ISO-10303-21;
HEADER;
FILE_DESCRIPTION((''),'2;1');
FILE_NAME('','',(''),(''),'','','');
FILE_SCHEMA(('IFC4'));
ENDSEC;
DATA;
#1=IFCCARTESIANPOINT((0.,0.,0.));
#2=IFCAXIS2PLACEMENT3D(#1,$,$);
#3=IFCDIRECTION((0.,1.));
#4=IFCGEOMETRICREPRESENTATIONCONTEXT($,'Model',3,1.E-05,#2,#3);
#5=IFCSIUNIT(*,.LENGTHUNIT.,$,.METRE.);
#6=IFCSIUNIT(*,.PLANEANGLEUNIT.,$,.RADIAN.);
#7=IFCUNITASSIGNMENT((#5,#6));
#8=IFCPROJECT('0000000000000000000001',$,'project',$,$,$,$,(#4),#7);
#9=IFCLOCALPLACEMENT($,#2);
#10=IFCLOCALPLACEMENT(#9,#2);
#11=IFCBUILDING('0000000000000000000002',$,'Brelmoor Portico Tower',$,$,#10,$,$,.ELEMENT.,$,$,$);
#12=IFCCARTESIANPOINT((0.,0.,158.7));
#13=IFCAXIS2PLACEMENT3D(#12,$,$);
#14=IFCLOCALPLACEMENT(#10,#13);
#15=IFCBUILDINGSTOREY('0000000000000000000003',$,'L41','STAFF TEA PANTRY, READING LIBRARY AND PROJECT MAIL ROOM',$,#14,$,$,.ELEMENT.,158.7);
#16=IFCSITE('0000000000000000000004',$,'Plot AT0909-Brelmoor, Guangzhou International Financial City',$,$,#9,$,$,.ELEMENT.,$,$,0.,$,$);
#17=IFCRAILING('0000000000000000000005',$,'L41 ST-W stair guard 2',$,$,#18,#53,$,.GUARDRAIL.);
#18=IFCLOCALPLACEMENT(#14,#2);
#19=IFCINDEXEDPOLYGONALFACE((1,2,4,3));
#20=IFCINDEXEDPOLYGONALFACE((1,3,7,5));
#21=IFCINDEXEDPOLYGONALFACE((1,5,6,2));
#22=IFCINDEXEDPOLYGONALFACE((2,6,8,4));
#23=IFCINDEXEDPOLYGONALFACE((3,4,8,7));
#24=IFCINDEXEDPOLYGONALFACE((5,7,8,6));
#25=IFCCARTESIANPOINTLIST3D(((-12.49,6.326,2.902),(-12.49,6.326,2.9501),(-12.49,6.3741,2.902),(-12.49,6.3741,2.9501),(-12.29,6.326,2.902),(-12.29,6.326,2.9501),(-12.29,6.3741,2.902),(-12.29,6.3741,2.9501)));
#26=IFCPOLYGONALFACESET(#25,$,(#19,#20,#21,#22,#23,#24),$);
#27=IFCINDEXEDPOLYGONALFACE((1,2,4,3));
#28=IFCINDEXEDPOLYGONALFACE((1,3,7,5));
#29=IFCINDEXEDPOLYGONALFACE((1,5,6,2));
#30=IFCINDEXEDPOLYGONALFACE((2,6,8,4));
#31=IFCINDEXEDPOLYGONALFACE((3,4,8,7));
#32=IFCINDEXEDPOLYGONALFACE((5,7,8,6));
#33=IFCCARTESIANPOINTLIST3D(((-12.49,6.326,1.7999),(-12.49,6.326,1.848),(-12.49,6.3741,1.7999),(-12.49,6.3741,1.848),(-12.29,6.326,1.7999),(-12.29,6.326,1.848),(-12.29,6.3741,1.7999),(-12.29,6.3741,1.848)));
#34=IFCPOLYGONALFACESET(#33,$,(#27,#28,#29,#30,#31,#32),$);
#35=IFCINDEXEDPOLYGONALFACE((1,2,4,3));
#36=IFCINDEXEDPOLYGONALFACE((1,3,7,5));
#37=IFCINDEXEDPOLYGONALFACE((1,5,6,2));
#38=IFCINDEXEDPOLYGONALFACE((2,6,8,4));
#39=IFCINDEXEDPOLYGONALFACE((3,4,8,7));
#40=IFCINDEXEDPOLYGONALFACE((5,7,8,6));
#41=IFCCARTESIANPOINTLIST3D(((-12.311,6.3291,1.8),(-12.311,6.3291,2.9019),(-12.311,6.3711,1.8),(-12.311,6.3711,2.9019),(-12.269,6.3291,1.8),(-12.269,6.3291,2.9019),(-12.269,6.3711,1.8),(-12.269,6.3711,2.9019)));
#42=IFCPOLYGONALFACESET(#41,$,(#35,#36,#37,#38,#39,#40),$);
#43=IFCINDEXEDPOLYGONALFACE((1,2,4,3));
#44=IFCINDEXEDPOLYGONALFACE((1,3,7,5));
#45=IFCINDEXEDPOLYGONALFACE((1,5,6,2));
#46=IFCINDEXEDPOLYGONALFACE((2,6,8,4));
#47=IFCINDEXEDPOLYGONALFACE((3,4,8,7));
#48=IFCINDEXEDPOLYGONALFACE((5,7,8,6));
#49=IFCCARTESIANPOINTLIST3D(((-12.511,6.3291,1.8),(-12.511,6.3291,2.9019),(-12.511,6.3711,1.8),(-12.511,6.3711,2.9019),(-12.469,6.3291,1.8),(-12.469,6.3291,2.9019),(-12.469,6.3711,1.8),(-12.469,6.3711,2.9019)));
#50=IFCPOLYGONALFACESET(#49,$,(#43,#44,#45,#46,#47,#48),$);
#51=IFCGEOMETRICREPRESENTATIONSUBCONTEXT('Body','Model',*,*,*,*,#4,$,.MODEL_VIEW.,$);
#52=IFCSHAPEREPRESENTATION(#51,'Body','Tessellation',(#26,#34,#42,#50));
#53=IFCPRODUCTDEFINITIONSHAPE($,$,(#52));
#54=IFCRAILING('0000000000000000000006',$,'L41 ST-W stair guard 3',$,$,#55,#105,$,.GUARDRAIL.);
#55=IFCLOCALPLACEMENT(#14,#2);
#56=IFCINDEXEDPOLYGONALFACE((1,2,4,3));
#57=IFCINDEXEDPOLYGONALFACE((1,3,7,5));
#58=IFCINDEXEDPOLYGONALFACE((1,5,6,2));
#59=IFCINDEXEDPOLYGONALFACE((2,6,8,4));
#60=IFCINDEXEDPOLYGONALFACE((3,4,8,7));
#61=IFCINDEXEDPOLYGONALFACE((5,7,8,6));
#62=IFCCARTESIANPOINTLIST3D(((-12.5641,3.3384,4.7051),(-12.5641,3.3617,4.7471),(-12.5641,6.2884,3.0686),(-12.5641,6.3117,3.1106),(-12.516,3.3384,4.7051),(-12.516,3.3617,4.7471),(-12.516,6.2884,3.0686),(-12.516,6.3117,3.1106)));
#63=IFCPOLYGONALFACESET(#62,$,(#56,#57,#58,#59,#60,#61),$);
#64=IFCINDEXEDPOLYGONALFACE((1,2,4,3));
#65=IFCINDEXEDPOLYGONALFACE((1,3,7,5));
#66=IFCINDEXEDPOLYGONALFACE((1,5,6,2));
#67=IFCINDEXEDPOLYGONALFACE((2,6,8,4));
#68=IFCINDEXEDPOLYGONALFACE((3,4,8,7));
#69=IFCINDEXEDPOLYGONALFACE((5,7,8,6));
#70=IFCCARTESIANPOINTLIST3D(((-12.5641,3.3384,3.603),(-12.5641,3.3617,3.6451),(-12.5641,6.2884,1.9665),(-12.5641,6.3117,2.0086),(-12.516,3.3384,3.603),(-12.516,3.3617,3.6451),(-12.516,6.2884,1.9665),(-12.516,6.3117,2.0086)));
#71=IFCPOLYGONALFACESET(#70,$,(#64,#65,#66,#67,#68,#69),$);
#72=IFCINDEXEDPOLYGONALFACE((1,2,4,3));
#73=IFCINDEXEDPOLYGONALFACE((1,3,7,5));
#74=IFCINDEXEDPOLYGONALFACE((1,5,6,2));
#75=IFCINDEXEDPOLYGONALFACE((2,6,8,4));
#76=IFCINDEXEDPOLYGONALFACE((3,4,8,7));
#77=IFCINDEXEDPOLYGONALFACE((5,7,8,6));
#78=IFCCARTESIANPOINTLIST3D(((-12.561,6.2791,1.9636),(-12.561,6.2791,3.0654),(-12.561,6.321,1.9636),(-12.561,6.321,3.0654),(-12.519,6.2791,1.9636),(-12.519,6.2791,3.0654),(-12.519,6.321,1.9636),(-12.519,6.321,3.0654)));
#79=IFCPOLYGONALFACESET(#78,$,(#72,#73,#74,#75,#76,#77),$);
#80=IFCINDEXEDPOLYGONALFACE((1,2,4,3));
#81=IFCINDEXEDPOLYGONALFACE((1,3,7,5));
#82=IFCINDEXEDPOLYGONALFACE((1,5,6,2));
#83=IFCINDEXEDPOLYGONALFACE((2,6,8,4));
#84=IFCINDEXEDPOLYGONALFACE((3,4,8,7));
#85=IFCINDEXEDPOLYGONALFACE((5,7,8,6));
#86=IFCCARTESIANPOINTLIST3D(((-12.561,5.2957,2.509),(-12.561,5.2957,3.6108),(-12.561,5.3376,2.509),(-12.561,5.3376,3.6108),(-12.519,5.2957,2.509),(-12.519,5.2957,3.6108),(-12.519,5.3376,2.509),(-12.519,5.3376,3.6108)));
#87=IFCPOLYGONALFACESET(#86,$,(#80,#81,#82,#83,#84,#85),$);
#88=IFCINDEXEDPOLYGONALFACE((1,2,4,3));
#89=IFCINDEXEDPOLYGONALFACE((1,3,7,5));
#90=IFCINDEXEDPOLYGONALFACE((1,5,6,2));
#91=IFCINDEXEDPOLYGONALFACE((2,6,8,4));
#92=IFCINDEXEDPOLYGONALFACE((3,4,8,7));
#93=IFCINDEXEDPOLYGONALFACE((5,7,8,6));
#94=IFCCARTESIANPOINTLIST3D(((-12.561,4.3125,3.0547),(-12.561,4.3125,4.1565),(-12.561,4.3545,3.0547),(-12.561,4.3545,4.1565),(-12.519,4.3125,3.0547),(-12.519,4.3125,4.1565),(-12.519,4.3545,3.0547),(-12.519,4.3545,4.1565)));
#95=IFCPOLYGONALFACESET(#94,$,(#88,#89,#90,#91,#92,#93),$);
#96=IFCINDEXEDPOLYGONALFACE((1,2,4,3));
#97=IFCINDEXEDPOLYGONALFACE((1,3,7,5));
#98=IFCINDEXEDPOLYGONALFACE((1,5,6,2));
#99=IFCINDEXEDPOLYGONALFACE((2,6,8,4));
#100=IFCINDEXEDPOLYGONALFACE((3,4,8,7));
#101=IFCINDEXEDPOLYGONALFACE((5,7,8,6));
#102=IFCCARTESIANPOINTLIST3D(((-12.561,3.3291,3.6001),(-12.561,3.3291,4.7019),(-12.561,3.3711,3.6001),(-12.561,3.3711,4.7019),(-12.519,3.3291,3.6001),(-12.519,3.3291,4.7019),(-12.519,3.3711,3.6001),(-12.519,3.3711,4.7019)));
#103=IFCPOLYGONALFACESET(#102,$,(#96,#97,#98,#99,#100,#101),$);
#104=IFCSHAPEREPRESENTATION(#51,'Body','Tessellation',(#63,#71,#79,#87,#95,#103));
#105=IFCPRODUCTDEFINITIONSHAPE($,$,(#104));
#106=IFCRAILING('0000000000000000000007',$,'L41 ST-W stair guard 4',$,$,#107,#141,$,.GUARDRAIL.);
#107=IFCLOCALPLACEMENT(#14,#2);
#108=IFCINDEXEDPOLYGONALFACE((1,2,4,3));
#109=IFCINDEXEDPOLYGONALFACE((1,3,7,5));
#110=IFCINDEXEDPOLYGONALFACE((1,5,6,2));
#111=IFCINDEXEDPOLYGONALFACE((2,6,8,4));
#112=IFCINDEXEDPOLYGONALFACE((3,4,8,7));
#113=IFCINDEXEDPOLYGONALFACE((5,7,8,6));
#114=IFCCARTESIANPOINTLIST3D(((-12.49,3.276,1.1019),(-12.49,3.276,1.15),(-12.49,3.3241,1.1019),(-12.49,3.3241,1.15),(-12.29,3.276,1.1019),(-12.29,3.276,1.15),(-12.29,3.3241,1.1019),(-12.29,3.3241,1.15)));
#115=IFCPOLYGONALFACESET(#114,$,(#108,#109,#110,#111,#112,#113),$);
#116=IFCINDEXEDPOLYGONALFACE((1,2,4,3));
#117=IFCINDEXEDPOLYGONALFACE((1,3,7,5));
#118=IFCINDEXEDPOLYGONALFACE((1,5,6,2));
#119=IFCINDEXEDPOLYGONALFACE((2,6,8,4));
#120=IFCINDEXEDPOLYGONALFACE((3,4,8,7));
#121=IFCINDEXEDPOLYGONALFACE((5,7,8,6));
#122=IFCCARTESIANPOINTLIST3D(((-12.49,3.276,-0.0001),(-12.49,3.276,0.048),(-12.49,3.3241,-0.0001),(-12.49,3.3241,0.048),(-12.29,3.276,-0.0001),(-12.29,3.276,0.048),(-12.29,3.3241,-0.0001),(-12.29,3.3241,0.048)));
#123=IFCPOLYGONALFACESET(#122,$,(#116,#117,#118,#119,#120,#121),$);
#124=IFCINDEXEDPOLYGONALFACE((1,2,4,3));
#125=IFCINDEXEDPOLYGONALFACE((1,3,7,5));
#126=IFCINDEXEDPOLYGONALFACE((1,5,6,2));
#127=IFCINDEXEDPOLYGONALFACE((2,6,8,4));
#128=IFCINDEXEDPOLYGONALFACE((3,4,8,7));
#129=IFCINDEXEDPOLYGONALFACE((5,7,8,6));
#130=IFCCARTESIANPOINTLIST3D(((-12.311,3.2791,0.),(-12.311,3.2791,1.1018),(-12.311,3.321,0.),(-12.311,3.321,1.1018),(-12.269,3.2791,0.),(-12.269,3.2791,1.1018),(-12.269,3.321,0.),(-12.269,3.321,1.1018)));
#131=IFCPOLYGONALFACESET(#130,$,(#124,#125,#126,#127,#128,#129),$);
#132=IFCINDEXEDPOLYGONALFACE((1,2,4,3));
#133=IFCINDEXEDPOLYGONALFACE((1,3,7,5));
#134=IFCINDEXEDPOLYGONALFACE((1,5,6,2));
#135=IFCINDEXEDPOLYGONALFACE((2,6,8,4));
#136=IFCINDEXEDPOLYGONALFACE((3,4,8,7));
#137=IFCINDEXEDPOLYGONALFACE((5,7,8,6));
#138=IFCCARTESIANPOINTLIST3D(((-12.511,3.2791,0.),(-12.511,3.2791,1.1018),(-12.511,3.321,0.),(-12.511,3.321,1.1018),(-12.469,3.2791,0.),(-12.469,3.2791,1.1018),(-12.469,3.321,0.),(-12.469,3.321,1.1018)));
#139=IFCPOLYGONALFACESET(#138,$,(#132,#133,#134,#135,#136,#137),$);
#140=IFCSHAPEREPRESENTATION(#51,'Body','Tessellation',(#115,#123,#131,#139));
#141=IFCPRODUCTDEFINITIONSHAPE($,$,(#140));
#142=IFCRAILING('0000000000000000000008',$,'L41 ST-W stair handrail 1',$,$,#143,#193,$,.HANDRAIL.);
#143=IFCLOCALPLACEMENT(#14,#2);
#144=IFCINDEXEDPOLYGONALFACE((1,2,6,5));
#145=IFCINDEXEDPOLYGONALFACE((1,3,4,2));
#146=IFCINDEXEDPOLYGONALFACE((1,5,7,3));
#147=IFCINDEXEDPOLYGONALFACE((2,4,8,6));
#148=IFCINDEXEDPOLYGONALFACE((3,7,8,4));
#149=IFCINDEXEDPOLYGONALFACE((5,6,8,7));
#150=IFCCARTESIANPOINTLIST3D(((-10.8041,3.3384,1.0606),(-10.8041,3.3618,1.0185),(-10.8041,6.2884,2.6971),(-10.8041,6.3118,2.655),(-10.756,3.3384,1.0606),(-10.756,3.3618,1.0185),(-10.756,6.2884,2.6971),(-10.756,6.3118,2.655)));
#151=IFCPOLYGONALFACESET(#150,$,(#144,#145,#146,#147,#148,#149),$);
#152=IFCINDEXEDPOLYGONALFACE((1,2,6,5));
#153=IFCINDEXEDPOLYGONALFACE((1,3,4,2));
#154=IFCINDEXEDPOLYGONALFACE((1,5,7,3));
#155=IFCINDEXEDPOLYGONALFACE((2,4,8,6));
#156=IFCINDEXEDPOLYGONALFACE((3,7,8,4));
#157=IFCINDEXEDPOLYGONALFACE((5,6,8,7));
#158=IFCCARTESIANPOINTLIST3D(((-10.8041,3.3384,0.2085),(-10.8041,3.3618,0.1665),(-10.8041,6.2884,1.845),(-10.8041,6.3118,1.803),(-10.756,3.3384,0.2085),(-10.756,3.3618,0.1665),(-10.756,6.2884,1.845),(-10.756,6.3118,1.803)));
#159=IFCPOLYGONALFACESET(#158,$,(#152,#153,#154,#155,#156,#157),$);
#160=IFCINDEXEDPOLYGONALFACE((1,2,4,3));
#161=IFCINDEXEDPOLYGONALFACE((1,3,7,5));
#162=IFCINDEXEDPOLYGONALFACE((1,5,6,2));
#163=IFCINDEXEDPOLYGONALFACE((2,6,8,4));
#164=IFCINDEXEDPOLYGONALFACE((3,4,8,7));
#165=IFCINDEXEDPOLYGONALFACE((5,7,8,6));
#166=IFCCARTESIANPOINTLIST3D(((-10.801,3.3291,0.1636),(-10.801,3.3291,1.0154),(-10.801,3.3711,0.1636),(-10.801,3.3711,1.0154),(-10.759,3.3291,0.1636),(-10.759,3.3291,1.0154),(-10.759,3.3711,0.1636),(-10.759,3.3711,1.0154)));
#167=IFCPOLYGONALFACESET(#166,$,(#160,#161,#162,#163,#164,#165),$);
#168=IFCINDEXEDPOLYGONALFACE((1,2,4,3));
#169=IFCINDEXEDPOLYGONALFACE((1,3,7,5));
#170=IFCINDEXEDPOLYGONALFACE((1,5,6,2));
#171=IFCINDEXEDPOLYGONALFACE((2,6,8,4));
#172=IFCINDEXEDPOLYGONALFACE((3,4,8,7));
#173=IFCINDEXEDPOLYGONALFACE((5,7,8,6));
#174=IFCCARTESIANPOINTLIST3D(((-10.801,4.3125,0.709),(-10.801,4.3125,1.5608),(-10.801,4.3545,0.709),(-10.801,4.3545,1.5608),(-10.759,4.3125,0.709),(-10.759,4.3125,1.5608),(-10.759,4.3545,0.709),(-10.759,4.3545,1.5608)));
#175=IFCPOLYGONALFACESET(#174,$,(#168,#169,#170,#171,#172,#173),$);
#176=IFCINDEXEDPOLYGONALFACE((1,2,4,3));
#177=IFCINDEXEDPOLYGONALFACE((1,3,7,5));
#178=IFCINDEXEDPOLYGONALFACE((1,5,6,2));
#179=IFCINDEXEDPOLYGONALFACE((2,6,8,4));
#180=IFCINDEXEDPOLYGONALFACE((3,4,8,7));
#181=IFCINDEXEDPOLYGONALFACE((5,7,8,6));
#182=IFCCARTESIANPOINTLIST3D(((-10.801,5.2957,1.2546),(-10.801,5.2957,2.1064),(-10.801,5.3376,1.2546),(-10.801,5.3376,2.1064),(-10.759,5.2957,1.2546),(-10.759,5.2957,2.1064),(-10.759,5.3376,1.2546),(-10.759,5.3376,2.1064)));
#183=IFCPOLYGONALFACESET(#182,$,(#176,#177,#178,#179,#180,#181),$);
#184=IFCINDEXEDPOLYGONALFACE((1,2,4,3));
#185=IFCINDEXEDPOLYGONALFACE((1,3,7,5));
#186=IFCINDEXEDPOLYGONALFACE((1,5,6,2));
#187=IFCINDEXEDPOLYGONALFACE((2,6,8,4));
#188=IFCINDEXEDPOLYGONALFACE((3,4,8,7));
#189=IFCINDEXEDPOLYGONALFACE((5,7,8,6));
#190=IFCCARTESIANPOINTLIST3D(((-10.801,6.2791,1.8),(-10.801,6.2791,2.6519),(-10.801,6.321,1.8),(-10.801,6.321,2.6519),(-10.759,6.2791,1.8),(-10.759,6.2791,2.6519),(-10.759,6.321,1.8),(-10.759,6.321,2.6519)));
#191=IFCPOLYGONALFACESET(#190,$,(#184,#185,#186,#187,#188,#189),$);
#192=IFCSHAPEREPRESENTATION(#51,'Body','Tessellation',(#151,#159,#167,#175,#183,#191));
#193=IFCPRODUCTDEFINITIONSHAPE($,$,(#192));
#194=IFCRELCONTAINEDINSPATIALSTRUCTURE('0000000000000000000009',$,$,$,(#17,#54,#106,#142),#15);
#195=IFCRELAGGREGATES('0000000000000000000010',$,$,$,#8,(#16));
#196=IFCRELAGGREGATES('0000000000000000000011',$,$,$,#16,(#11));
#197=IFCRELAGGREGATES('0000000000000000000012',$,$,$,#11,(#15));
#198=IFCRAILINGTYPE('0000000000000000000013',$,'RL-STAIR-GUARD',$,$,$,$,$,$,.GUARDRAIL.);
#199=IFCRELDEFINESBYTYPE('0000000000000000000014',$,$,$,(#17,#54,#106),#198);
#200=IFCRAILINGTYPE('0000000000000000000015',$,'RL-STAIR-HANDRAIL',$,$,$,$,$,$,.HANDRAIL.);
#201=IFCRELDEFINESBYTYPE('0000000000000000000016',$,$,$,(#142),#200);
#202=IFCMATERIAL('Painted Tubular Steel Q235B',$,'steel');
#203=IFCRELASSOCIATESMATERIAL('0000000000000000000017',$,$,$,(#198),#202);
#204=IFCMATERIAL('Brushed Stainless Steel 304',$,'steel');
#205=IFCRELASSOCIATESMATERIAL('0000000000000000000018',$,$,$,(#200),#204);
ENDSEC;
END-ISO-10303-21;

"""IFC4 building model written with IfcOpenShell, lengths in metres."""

from ifc_helpers import new_model, si_unit, direction, frame, origin, origin_2d, place, context, subcontext, project, spatial, rectangle, extrude, material, type_object, element, save


model = new_model("IFC4")

# Units and contexts
model_context = context("Model", 3, precision=1e-05, world=origin(), true_north=direction((0.0, 1.0)))
body_context = subcontext(model_context, "Body", "Model", "MODEL_VIEW")
ifc_project = project(units=[si_unit("LENGTHUNIT", "METRE"), si_unit("PLANEANGLEUNIT", "RADIAN")], contexts=[model_context])

# Site, building, storey
site_placement = place(None, origin())
site = spatial("IfcSite", under=ifc_project, at=site_placement, Name="Plot AT0909-Brelmoor, Guangzhou International Financial City", CompositionType="ELEMENT", RefElevation=0.0)
building_placement = place(site_placement, origin())
building = spatial("IfcBuilding", under=site, at=building_placement, Name="Brelmoor Portico Tower", CompositionType="ELEMENT")
storey_placement = place(building_placement, frame((0.0, 0.0, 158.7)))
storey = spatial("IfcBuildingStorey", under=building, at=storey_placement, Name="L41", Description="STAFF TEA PANTRY, READING LIBRARY AND PROJECT MAIL ROOM", CompositionType="ELEMENT", Elevation=158.7)

# Railings
ifc_material_1 = material(Name="Painted Tubular Steel Q235B", Category="steel")
railing_type_1 = type_object("IfcRailingType", Name="RL-STAIR-GUARD", PredefinedType="GUARDRAIL", material=ifc_material_1)
railing_1_placement = place(storey_placement, frame((-12.29, 6.3501, 1.8)))
element("IfcRailing", 1, at=railing_1_placement, inside=storey, type_object=railing_type_1, Name="L41 ST-W stair guard 2", PredefinedType="GUARDRAIL", context=body_context, shape_type="SweptSolid", body=[
    extrude(rectangle(XDim=0.0481, YDim=0.0481, at=origin_2d()), frame((0.0, 0.0, 1.126), z_axis=(-1.0, 0.0, 0.0), x_axis=(0.0, -1.0, 0.0)), (0.0, 0.0, 1.0), 0.2),
    extrude(rectangle(XDim=0.0481, YDim=0.0481, at=origin_2d()), frame((0.0, 0.0, 0.0239), z_axis=(-1.0, 0.0, 0.0), x_axis=(0.0, -1.0, 0.0)), (0.0, 0.0, 1.0), 0.2),
    extrude(rectangle(XDim=0.042, YDim=0.042, at=origin_2d()), origin(), (0.0, 0.0, 1.0), 1.1018),
    extrude(rectangle(XDim=0.042, YDim=0.042, at=origin_2d()), frame((-0.2, 0.0, 0.0)), (0.0, 0.0, 1.0), 1.1018),
])
railing_2_placement = place(storey_placement, frame((-12.54, 6.3, 1.9636)))
element("IfcRailing", 2, at=railing_2_placement, inside=storey, type_object=railing_type_1, Name="L41 ST-W stair guard 3", PredefinedType="GUARDRAIL", context=body_context, shape_type="SweptSolid", body=[
    extrude(rectangle(XDim=0.0481, YDim=0.0481, at=origin_2d()), frame((0.0, 0.0, 1.126), z_axis=(0.0, -0.874458, 0.485102), x_axis=(1.0, 0.0, 0.0)), (0.0, 0.0, 1.0), 3.3735),
    extrude(rectangle(XDim=0.0481, YDim=0.0481, at=origin_2d()), frame((0.0, 0.0, 0.0239), z_axis=(0.0, -0.874458, 0.485102), x_axis=(1.0, 0.0, 0.0)), (0.0, 0.0, 1.0), 3.3735),
    extrude(rectangle(XDim=0.042, YDim=0.042, at=origin_2d()), origin(), (0.0, 0.0, 1.0), 1.1018),
    extrude(rectangle(XDim=0.042, YDim=0.042, at=origin_2d()), frame((0.0, -0.9834, 0.5454)), (0.0, 0.0, 1.0), 1.1018),
    extrude(rectangle(XDim=0.042, YDim=0.042, at=origin_2d()), frame((0.0, -1.9666, 1.0911)), (0.0, 0.0, 1.0), 1.1018),
    extrude(rectangle(XDim=0.042, YDim=0.042, at=origin_2d()), frame((0.0, -2.95, 1.6365)), (0.0, 0.0, 1.0), 1.1018),
])
railing_3_placement = place(storey_placement, frame((-12.29, 3.3, 0.0)))
element("IfcRailing", 3, at=railing_3_placement, inside=storey, type_object=railing_type_1, Name="L41 ST-W stair guard 4", PredefinedType="GUARDRAIL", context=body_context, shape_type="SweptSolid", body=[
    extrude(rectangle(XDim=0.0481, YDim=0.0481, at=origin_2d()), frame((0.0, 0.0, 1.126), z_axis=(-1.0, 0.0, 0.0), x_axis=(0.0, -1.0, 0.0)), (0.0, 0.0, 1.0), 0.2),
    extrude(rectangle(XDim=0.0481, YDim=0.0481, at=origin_2d()), frame((0.0, 0.0, 0.0239), z_axis=(-1.0, 0.0, 0.0), x_axis=(0.0, -1.0, 0.0)), (0.0, 0.0, 1.0), 0.2),
    extrude(rectangle(XDim=0.042, YDim=0.042, at=origin_2d()), origin(), (0.0, 0.0, 1.0), 1.1018),
    extrude(rectangle(XDim=0.042, YDim=0.042, at=origin_2d()), frame((-0.2, 0.0, 0.0)), (0.0, 0.0, 1.0), 1.1018),
])
ifc_material_2 = material(Name="Brushed Stainless Steel 304", Category="steel")
railing_type_2 = type_object("IfcRailingType", Name="RL-STAIR-HANDRAIL", PredefinedType="HANDRAIL", material=ifc_material_2)
railing_4_placement = place(storey_placement, frame((-10.78, 3.3501, 0.1636)))
element("IfcRailing", 4, at=railing_4_placement, inside=storey, type_object=railing_type_2, Name="L41 ST-W stair handrail 1", PredefinedType="HANDRAIL", context=body_context, shape_type="SweptSolid", body=[
    extrude(rectangle(XDim=0.0481, YDim=0.0481, at=origin_2d()), frame((0.0, 0.0, 0.876), z_axis=(0.0, 0.874458, 0.485102), x_axis=(-1.0, 0.0, 0.0)), (0.0, 0.0, 1.0), 3.3735),
    extrude(rectangle(XDim=0.0481, YDim=0.0481, at=origin_2d()), frame((0.0, 0.0, 0.0239), z_axis=(0.0, 0.874458, 0.485102), x_axis=(-1.0, 0.0, 0.0)), (0.0, 0.0, 1.0), 3.3735),
    extrude(rectangle(XDim=0.042, YDim=0.042, at=origin_2d()), origin(), (0.0, 0.0, 1.0), 0.8518),
    extrude(rectangle(XDim=0.042, YDim=0.042, at=origin_2d()), frame((0.0, 0.9834, 0.5454)), (0.0, 0.0, 1.0), 0.8518),
    extrude(rectangle(XDim=0.042, YDim=0.042, at=origin_2d()), frame((0.0, 1.9666, 1.0911)), (0.0, 0.0, 1.0), 0.8518),
    extrude(rectangle(XDim=0.042, YDim=0.042, at=origin_2d()), frame((0.0, 2.95, 1.6365)), (0.0, 0.0, 1.0), 0.8518),
])

save(model, "model.ifc")
